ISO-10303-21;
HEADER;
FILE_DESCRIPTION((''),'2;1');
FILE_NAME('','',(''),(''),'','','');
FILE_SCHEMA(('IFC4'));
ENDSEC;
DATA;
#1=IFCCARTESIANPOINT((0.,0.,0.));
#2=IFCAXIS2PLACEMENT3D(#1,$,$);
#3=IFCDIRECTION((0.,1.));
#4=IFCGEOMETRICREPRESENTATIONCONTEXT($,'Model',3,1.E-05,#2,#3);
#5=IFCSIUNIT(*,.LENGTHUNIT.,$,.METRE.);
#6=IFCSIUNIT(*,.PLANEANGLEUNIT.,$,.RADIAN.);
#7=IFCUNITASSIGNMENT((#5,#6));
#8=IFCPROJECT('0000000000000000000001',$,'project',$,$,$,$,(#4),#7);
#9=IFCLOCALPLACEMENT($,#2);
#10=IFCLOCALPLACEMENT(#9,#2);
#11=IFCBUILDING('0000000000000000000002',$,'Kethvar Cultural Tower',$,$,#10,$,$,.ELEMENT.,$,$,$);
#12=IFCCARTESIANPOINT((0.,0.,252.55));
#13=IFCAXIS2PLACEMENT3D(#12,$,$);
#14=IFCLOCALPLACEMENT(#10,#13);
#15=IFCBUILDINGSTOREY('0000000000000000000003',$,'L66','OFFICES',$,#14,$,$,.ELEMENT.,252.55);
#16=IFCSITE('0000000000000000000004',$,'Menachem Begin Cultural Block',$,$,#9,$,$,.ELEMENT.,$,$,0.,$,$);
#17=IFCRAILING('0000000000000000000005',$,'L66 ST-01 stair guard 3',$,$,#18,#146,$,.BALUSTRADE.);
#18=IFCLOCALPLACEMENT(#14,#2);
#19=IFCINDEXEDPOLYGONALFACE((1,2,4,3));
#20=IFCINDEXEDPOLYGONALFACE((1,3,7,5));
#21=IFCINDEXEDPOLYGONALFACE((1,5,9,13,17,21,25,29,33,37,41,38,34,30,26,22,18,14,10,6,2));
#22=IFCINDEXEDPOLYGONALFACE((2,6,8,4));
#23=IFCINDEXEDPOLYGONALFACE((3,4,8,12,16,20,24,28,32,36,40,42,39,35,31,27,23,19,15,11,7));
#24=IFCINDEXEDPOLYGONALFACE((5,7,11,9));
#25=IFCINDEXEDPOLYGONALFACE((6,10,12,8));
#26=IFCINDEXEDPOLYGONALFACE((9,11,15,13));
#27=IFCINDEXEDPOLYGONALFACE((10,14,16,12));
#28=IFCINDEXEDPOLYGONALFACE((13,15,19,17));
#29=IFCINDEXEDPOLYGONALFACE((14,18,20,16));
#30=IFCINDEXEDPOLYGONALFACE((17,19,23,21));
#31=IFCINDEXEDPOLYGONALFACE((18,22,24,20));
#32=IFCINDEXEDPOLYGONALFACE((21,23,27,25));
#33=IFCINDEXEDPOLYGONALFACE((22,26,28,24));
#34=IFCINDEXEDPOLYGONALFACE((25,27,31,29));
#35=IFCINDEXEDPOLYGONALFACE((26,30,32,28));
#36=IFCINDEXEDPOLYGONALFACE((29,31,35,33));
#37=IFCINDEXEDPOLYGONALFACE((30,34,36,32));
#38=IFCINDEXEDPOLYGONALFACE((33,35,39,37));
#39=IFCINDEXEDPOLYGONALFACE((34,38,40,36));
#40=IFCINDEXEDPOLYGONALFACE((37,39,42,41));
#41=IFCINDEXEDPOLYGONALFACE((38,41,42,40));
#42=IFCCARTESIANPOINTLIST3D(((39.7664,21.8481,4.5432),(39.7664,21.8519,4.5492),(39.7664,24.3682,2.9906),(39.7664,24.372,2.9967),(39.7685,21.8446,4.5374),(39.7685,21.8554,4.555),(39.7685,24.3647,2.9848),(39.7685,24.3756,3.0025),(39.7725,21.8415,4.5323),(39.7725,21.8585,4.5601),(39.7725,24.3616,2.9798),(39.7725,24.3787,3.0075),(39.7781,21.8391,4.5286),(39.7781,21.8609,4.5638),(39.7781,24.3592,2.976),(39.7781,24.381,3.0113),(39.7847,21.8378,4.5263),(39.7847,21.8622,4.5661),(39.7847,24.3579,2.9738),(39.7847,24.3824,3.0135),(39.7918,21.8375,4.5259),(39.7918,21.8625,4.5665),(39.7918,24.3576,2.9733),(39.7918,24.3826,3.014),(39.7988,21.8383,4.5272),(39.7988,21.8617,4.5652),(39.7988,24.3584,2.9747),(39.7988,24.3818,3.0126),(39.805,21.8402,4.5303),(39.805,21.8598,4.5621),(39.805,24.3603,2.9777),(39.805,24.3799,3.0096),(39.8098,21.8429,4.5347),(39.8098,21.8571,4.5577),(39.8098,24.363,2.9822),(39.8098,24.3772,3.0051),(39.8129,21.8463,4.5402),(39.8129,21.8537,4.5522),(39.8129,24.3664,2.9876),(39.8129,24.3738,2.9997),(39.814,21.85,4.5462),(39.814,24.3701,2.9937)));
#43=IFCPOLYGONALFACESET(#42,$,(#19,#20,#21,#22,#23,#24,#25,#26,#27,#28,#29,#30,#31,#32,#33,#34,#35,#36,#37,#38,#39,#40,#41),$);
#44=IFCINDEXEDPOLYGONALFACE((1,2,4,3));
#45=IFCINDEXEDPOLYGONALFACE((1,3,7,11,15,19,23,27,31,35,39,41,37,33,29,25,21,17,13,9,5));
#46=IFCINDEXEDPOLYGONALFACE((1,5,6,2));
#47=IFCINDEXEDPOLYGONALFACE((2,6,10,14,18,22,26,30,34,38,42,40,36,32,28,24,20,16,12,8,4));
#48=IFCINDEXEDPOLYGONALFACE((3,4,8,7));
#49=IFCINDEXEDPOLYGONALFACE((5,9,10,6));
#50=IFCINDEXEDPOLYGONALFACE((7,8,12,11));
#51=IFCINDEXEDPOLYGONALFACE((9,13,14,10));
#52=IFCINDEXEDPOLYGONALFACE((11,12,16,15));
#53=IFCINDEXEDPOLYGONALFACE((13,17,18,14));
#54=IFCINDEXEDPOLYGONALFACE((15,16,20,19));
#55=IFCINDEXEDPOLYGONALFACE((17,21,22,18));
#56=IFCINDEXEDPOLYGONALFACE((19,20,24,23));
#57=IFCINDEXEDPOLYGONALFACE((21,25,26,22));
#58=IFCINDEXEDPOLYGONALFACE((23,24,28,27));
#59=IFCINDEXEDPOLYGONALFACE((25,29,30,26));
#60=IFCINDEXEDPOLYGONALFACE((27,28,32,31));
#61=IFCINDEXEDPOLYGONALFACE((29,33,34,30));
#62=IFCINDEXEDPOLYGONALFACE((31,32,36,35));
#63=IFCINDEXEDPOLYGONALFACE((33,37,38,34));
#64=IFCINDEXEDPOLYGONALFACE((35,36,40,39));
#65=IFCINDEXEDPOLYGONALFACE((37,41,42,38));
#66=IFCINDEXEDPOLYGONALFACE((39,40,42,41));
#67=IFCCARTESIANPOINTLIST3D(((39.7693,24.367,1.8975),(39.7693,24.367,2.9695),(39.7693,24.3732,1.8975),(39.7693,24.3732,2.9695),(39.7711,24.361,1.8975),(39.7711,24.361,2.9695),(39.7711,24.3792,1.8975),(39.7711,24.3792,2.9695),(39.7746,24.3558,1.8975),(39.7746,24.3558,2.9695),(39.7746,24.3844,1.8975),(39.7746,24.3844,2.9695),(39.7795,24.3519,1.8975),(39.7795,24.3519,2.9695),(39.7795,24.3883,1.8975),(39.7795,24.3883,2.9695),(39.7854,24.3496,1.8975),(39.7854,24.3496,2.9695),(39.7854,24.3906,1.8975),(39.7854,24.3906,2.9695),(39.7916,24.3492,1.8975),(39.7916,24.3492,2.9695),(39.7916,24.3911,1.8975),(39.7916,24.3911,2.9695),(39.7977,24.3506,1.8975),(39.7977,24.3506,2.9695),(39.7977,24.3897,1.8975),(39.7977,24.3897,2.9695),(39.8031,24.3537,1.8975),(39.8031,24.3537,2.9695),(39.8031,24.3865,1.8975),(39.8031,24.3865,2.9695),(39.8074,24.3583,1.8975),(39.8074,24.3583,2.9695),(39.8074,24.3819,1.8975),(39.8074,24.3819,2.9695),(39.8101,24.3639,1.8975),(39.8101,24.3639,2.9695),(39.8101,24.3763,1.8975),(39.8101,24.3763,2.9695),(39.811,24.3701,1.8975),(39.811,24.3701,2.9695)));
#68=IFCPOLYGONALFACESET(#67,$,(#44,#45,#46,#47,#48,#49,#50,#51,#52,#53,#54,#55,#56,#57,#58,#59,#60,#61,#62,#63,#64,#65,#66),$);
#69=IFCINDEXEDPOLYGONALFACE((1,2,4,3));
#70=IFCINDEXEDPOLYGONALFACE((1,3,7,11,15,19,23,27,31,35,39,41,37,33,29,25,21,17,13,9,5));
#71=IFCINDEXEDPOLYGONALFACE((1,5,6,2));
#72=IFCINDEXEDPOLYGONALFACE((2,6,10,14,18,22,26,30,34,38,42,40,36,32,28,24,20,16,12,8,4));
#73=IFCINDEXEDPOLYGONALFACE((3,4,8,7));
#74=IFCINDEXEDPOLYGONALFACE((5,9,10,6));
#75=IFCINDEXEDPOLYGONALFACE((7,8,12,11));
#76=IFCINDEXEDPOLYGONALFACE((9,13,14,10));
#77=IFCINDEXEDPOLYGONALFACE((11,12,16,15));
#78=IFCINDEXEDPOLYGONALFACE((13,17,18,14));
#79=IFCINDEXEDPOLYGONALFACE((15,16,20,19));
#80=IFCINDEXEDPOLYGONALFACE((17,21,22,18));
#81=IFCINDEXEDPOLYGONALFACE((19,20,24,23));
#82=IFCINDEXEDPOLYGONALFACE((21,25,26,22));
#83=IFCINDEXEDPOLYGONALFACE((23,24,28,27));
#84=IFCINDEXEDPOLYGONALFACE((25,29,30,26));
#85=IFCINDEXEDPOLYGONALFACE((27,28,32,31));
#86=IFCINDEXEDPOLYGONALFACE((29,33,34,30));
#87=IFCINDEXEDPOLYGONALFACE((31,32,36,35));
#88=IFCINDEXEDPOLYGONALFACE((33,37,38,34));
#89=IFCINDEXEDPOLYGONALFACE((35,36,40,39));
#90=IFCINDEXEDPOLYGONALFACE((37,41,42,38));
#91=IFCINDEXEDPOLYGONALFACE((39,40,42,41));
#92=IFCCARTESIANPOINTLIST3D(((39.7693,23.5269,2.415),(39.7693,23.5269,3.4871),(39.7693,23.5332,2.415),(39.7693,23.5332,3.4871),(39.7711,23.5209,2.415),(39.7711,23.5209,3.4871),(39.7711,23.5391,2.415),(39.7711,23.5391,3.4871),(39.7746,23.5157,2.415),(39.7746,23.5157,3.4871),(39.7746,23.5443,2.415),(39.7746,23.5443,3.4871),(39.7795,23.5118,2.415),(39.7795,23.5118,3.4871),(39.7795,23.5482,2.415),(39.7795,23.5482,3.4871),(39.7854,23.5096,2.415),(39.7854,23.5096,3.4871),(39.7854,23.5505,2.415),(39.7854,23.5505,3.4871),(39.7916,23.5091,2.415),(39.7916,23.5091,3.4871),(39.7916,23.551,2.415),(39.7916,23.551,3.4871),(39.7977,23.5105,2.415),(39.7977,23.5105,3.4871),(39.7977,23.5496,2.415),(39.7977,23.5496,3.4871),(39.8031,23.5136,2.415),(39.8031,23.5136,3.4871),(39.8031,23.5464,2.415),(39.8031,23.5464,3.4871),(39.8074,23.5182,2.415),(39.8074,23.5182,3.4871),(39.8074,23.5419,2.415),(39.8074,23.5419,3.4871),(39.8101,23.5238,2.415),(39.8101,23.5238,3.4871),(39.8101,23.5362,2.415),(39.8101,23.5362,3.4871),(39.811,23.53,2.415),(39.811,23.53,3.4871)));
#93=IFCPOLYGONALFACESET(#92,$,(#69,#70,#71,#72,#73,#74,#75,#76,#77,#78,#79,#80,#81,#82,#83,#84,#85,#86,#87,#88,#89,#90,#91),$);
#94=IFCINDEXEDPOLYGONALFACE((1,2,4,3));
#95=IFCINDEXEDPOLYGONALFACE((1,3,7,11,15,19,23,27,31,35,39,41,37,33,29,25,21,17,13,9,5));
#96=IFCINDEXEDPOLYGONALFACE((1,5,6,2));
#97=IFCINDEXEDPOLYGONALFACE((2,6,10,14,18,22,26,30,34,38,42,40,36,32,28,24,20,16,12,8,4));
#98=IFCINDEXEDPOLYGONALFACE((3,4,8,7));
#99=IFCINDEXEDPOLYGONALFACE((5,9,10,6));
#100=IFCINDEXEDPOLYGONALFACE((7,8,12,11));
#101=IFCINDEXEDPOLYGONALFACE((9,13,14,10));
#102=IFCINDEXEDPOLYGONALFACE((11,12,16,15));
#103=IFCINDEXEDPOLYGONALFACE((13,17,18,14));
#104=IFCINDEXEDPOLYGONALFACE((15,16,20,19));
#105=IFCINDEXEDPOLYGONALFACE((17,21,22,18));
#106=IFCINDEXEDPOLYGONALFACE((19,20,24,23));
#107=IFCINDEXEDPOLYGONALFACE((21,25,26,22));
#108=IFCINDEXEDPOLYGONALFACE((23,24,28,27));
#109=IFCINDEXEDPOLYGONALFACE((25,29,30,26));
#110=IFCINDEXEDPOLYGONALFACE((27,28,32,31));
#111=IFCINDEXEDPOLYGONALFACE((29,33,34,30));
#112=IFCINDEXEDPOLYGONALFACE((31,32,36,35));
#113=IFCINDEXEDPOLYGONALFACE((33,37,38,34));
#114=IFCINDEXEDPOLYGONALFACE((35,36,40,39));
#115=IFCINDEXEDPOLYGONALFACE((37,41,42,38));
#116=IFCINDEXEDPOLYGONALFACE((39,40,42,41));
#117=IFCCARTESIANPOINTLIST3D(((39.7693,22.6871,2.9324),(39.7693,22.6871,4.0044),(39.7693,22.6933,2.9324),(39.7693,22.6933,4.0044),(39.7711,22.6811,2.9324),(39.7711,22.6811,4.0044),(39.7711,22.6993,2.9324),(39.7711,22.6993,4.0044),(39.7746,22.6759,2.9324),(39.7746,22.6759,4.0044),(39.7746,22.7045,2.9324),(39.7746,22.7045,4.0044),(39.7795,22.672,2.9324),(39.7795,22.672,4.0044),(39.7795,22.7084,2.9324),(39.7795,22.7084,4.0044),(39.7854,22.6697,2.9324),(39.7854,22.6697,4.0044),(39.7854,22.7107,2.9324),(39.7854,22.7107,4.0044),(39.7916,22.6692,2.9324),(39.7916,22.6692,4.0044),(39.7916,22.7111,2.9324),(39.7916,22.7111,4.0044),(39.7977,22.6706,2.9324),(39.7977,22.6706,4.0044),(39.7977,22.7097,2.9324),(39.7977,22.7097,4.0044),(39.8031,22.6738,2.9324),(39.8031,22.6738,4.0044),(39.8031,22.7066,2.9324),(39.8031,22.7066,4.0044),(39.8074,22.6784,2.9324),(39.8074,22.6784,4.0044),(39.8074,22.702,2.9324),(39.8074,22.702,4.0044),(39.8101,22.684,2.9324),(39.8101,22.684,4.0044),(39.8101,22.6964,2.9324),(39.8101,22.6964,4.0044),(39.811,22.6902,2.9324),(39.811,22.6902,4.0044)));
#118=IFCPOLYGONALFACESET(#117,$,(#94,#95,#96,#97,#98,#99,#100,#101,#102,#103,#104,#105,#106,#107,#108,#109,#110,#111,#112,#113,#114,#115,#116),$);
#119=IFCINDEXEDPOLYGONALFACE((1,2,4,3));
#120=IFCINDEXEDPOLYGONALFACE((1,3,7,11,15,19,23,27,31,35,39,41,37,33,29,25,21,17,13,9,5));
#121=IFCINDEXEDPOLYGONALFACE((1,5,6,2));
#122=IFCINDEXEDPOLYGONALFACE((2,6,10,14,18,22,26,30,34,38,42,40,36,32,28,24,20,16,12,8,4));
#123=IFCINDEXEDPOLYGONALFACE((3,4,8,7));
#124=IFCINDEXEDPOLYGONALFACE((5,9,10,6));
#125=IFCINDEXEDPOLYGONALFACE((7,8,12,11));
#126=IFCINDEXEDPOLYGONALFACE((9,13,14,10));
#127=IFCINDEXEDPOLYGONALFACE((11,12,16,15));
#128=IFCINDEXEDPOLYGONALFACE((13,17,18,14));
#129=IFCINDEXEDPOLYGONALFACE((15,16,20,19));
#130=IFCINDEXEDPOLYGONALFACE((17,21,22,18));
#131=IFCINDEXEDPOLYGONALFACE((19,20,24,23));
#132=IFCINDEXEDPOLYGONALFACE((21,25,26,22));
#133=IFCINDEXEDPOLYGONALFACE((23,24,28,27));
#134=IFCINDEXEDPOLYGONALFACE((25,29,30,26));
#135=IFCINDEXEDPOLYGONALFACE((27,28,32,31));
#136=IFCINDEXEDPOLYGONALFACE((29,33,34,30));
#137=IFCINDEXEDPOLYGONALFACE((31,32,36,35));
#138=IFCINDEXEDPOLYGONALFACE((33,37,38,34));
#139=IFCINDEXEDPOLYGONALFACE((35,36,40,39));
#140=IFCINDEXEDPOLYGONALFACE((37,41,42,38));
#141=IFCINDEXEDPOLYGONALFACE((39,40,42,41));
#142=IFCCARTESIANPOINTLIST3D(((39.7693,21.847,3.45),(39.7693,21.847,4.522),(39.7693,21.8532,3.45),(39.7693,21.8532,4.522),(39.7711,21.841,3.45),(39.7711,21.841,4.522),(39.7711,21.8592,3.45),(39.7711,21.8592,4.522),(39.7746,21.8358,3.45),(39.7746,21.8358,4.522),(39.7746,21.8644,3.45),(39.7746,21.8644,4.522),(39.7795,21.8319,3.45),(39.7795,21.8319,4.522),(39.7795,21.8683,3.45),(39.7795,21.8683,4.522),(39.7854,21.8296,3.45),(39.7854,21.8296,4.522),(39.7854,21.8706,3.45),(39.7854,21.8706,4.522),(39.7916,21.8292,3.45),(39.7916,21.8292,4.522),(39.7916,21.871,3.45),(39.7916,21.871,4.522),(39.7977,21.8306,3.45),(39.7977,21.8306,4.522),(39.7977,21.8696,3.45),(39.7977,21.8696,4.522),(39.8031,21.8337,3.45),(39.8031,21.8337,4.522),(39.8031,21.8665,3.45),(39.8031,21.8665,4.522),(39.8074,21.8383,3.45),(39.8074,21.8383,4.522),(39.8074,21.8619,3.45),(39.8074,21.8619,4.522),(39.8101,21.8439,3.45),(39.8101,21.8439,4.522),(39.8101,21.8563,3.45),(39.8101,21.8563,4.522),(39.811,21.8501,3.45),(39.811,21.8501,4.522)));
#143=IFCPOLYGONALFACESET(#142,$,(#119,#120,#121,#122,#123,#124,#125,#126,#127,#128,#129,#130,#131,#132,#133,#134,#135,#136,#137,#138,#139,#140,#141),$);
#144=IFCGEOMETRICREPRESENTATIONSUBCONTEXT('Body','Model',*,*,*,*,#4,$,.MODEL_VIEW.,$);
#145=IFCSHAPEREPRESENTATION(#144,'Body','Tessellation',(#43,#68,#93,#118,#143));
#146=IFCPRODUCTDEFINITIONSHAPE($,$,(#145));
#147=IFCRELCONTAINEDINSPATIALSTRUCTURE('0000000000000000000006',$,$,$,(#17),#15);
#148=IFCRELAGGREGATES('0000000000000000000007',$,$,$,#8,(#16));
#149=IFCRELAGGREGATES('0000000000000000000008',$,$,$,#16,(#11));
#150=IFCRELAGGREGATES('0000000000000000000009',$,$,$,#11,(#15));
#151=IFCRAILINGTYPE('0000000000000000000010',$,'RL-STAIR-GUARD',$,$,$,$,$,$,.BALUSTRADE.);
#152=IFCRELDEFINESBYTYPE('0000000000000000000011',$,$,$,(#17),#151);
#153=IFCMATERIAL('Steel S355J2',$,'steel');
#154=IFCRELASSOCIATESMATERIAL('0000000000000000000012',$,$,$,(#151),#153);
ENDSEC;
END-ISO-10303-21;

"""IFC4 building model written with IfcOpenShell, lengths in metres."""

from ifc_helpers import new_model, si_unit, direction, frame, origin, origin_2d, place, context, subcontext, project, spatial, circle, extrude, material, type_object, element, save


model = new_model("IFC4")

# Units and contexts
model_context = context("Model", 3, precision=1e-05, world=origin(), true_north=direction((0.0, 1.0)))
body_context = subcontext(model_context, "Body", "Model", "MODEL_VIEW")
ifc_project = project(units=[si_unit("LENGTHUNIT", "METRE"), si_unit("PLANEANGLEUNIT", "RADIAN")], contexts=[model_context])

# Site, building, storey
site_placement = place(None, origin())
site = spatial("IfcSite", under=ifc_project, at=site_placement, Name="Menachem Begin Cultural Block", CompositionType="ELEMENT", RefElevation=0.0)
building_placement = place(site_placement, origin())
building = spatial("IfcBuilding", under=site, at=building_placement, Name="Kethvar Cultural Tower", CompositionType="ELEMENT")
storey_placement = place(building_placement, frame((0.0, 0.0, 252.55)))
storey = spatial("IfcBuildingStorey", under=building, at=storey_placement, Name="L66", Description="OFFICES", CompositionType="ELEMENT", Elevation=252.55)

# Shared definitions
ifc_material_1 = material(Name="Steel S355J2", Category="steel")

# Railing
railing_type_1 = type_object("IfcRailingType", Name="RL-STAIR-GUARD", PredefinedType="BALUSTRADE", material=ifc_material_1)
railing_1_placement = place(storey_placement, frame((39.79, 24.3701, 1.8975)))
element("IfcRailing", 1, at=railing_1_placement, inside=storey, type_object=railing_type_1, Name="L66 ST-01 stair guard 3", PredefinedType="BALUSTRADE", context=body_context, shape_type="SweptSolid", body=[
    extrude(circle(Radius=0.0239, at=origin_2d()), frame((0.0, 0.0, 1.0962), z_axis=(0.0, -0.8514, 0.524516), x_axis=(1.0, 0.0, 0.0)), (0.0, 0.0, 1.0), 2.96),
    extrude(circle(Radius=0.021, at=origin_2d()), origin(), (0.0, 0.0, 1.0), 1.072),
    extrude(circle(Radius=0.021, at=origin_2d()), frame((0.0, -0.8401, 0.5176)), (0.0, 0.0, 1.0), 1.072),
    extrude(circle(Radius=0.021, at=origin_2d()), frame((0.0, -1.6799, 1.0349)), (0.0, 0.0, 1.0), 1.072),
    extrude(circle(Radius=0.021, at=origin_2d()), frame((0.0, -2.52, 1.5525)), (0.0, 0.0, 1.0), 1.072),
])

save(model, "model.ifc")
